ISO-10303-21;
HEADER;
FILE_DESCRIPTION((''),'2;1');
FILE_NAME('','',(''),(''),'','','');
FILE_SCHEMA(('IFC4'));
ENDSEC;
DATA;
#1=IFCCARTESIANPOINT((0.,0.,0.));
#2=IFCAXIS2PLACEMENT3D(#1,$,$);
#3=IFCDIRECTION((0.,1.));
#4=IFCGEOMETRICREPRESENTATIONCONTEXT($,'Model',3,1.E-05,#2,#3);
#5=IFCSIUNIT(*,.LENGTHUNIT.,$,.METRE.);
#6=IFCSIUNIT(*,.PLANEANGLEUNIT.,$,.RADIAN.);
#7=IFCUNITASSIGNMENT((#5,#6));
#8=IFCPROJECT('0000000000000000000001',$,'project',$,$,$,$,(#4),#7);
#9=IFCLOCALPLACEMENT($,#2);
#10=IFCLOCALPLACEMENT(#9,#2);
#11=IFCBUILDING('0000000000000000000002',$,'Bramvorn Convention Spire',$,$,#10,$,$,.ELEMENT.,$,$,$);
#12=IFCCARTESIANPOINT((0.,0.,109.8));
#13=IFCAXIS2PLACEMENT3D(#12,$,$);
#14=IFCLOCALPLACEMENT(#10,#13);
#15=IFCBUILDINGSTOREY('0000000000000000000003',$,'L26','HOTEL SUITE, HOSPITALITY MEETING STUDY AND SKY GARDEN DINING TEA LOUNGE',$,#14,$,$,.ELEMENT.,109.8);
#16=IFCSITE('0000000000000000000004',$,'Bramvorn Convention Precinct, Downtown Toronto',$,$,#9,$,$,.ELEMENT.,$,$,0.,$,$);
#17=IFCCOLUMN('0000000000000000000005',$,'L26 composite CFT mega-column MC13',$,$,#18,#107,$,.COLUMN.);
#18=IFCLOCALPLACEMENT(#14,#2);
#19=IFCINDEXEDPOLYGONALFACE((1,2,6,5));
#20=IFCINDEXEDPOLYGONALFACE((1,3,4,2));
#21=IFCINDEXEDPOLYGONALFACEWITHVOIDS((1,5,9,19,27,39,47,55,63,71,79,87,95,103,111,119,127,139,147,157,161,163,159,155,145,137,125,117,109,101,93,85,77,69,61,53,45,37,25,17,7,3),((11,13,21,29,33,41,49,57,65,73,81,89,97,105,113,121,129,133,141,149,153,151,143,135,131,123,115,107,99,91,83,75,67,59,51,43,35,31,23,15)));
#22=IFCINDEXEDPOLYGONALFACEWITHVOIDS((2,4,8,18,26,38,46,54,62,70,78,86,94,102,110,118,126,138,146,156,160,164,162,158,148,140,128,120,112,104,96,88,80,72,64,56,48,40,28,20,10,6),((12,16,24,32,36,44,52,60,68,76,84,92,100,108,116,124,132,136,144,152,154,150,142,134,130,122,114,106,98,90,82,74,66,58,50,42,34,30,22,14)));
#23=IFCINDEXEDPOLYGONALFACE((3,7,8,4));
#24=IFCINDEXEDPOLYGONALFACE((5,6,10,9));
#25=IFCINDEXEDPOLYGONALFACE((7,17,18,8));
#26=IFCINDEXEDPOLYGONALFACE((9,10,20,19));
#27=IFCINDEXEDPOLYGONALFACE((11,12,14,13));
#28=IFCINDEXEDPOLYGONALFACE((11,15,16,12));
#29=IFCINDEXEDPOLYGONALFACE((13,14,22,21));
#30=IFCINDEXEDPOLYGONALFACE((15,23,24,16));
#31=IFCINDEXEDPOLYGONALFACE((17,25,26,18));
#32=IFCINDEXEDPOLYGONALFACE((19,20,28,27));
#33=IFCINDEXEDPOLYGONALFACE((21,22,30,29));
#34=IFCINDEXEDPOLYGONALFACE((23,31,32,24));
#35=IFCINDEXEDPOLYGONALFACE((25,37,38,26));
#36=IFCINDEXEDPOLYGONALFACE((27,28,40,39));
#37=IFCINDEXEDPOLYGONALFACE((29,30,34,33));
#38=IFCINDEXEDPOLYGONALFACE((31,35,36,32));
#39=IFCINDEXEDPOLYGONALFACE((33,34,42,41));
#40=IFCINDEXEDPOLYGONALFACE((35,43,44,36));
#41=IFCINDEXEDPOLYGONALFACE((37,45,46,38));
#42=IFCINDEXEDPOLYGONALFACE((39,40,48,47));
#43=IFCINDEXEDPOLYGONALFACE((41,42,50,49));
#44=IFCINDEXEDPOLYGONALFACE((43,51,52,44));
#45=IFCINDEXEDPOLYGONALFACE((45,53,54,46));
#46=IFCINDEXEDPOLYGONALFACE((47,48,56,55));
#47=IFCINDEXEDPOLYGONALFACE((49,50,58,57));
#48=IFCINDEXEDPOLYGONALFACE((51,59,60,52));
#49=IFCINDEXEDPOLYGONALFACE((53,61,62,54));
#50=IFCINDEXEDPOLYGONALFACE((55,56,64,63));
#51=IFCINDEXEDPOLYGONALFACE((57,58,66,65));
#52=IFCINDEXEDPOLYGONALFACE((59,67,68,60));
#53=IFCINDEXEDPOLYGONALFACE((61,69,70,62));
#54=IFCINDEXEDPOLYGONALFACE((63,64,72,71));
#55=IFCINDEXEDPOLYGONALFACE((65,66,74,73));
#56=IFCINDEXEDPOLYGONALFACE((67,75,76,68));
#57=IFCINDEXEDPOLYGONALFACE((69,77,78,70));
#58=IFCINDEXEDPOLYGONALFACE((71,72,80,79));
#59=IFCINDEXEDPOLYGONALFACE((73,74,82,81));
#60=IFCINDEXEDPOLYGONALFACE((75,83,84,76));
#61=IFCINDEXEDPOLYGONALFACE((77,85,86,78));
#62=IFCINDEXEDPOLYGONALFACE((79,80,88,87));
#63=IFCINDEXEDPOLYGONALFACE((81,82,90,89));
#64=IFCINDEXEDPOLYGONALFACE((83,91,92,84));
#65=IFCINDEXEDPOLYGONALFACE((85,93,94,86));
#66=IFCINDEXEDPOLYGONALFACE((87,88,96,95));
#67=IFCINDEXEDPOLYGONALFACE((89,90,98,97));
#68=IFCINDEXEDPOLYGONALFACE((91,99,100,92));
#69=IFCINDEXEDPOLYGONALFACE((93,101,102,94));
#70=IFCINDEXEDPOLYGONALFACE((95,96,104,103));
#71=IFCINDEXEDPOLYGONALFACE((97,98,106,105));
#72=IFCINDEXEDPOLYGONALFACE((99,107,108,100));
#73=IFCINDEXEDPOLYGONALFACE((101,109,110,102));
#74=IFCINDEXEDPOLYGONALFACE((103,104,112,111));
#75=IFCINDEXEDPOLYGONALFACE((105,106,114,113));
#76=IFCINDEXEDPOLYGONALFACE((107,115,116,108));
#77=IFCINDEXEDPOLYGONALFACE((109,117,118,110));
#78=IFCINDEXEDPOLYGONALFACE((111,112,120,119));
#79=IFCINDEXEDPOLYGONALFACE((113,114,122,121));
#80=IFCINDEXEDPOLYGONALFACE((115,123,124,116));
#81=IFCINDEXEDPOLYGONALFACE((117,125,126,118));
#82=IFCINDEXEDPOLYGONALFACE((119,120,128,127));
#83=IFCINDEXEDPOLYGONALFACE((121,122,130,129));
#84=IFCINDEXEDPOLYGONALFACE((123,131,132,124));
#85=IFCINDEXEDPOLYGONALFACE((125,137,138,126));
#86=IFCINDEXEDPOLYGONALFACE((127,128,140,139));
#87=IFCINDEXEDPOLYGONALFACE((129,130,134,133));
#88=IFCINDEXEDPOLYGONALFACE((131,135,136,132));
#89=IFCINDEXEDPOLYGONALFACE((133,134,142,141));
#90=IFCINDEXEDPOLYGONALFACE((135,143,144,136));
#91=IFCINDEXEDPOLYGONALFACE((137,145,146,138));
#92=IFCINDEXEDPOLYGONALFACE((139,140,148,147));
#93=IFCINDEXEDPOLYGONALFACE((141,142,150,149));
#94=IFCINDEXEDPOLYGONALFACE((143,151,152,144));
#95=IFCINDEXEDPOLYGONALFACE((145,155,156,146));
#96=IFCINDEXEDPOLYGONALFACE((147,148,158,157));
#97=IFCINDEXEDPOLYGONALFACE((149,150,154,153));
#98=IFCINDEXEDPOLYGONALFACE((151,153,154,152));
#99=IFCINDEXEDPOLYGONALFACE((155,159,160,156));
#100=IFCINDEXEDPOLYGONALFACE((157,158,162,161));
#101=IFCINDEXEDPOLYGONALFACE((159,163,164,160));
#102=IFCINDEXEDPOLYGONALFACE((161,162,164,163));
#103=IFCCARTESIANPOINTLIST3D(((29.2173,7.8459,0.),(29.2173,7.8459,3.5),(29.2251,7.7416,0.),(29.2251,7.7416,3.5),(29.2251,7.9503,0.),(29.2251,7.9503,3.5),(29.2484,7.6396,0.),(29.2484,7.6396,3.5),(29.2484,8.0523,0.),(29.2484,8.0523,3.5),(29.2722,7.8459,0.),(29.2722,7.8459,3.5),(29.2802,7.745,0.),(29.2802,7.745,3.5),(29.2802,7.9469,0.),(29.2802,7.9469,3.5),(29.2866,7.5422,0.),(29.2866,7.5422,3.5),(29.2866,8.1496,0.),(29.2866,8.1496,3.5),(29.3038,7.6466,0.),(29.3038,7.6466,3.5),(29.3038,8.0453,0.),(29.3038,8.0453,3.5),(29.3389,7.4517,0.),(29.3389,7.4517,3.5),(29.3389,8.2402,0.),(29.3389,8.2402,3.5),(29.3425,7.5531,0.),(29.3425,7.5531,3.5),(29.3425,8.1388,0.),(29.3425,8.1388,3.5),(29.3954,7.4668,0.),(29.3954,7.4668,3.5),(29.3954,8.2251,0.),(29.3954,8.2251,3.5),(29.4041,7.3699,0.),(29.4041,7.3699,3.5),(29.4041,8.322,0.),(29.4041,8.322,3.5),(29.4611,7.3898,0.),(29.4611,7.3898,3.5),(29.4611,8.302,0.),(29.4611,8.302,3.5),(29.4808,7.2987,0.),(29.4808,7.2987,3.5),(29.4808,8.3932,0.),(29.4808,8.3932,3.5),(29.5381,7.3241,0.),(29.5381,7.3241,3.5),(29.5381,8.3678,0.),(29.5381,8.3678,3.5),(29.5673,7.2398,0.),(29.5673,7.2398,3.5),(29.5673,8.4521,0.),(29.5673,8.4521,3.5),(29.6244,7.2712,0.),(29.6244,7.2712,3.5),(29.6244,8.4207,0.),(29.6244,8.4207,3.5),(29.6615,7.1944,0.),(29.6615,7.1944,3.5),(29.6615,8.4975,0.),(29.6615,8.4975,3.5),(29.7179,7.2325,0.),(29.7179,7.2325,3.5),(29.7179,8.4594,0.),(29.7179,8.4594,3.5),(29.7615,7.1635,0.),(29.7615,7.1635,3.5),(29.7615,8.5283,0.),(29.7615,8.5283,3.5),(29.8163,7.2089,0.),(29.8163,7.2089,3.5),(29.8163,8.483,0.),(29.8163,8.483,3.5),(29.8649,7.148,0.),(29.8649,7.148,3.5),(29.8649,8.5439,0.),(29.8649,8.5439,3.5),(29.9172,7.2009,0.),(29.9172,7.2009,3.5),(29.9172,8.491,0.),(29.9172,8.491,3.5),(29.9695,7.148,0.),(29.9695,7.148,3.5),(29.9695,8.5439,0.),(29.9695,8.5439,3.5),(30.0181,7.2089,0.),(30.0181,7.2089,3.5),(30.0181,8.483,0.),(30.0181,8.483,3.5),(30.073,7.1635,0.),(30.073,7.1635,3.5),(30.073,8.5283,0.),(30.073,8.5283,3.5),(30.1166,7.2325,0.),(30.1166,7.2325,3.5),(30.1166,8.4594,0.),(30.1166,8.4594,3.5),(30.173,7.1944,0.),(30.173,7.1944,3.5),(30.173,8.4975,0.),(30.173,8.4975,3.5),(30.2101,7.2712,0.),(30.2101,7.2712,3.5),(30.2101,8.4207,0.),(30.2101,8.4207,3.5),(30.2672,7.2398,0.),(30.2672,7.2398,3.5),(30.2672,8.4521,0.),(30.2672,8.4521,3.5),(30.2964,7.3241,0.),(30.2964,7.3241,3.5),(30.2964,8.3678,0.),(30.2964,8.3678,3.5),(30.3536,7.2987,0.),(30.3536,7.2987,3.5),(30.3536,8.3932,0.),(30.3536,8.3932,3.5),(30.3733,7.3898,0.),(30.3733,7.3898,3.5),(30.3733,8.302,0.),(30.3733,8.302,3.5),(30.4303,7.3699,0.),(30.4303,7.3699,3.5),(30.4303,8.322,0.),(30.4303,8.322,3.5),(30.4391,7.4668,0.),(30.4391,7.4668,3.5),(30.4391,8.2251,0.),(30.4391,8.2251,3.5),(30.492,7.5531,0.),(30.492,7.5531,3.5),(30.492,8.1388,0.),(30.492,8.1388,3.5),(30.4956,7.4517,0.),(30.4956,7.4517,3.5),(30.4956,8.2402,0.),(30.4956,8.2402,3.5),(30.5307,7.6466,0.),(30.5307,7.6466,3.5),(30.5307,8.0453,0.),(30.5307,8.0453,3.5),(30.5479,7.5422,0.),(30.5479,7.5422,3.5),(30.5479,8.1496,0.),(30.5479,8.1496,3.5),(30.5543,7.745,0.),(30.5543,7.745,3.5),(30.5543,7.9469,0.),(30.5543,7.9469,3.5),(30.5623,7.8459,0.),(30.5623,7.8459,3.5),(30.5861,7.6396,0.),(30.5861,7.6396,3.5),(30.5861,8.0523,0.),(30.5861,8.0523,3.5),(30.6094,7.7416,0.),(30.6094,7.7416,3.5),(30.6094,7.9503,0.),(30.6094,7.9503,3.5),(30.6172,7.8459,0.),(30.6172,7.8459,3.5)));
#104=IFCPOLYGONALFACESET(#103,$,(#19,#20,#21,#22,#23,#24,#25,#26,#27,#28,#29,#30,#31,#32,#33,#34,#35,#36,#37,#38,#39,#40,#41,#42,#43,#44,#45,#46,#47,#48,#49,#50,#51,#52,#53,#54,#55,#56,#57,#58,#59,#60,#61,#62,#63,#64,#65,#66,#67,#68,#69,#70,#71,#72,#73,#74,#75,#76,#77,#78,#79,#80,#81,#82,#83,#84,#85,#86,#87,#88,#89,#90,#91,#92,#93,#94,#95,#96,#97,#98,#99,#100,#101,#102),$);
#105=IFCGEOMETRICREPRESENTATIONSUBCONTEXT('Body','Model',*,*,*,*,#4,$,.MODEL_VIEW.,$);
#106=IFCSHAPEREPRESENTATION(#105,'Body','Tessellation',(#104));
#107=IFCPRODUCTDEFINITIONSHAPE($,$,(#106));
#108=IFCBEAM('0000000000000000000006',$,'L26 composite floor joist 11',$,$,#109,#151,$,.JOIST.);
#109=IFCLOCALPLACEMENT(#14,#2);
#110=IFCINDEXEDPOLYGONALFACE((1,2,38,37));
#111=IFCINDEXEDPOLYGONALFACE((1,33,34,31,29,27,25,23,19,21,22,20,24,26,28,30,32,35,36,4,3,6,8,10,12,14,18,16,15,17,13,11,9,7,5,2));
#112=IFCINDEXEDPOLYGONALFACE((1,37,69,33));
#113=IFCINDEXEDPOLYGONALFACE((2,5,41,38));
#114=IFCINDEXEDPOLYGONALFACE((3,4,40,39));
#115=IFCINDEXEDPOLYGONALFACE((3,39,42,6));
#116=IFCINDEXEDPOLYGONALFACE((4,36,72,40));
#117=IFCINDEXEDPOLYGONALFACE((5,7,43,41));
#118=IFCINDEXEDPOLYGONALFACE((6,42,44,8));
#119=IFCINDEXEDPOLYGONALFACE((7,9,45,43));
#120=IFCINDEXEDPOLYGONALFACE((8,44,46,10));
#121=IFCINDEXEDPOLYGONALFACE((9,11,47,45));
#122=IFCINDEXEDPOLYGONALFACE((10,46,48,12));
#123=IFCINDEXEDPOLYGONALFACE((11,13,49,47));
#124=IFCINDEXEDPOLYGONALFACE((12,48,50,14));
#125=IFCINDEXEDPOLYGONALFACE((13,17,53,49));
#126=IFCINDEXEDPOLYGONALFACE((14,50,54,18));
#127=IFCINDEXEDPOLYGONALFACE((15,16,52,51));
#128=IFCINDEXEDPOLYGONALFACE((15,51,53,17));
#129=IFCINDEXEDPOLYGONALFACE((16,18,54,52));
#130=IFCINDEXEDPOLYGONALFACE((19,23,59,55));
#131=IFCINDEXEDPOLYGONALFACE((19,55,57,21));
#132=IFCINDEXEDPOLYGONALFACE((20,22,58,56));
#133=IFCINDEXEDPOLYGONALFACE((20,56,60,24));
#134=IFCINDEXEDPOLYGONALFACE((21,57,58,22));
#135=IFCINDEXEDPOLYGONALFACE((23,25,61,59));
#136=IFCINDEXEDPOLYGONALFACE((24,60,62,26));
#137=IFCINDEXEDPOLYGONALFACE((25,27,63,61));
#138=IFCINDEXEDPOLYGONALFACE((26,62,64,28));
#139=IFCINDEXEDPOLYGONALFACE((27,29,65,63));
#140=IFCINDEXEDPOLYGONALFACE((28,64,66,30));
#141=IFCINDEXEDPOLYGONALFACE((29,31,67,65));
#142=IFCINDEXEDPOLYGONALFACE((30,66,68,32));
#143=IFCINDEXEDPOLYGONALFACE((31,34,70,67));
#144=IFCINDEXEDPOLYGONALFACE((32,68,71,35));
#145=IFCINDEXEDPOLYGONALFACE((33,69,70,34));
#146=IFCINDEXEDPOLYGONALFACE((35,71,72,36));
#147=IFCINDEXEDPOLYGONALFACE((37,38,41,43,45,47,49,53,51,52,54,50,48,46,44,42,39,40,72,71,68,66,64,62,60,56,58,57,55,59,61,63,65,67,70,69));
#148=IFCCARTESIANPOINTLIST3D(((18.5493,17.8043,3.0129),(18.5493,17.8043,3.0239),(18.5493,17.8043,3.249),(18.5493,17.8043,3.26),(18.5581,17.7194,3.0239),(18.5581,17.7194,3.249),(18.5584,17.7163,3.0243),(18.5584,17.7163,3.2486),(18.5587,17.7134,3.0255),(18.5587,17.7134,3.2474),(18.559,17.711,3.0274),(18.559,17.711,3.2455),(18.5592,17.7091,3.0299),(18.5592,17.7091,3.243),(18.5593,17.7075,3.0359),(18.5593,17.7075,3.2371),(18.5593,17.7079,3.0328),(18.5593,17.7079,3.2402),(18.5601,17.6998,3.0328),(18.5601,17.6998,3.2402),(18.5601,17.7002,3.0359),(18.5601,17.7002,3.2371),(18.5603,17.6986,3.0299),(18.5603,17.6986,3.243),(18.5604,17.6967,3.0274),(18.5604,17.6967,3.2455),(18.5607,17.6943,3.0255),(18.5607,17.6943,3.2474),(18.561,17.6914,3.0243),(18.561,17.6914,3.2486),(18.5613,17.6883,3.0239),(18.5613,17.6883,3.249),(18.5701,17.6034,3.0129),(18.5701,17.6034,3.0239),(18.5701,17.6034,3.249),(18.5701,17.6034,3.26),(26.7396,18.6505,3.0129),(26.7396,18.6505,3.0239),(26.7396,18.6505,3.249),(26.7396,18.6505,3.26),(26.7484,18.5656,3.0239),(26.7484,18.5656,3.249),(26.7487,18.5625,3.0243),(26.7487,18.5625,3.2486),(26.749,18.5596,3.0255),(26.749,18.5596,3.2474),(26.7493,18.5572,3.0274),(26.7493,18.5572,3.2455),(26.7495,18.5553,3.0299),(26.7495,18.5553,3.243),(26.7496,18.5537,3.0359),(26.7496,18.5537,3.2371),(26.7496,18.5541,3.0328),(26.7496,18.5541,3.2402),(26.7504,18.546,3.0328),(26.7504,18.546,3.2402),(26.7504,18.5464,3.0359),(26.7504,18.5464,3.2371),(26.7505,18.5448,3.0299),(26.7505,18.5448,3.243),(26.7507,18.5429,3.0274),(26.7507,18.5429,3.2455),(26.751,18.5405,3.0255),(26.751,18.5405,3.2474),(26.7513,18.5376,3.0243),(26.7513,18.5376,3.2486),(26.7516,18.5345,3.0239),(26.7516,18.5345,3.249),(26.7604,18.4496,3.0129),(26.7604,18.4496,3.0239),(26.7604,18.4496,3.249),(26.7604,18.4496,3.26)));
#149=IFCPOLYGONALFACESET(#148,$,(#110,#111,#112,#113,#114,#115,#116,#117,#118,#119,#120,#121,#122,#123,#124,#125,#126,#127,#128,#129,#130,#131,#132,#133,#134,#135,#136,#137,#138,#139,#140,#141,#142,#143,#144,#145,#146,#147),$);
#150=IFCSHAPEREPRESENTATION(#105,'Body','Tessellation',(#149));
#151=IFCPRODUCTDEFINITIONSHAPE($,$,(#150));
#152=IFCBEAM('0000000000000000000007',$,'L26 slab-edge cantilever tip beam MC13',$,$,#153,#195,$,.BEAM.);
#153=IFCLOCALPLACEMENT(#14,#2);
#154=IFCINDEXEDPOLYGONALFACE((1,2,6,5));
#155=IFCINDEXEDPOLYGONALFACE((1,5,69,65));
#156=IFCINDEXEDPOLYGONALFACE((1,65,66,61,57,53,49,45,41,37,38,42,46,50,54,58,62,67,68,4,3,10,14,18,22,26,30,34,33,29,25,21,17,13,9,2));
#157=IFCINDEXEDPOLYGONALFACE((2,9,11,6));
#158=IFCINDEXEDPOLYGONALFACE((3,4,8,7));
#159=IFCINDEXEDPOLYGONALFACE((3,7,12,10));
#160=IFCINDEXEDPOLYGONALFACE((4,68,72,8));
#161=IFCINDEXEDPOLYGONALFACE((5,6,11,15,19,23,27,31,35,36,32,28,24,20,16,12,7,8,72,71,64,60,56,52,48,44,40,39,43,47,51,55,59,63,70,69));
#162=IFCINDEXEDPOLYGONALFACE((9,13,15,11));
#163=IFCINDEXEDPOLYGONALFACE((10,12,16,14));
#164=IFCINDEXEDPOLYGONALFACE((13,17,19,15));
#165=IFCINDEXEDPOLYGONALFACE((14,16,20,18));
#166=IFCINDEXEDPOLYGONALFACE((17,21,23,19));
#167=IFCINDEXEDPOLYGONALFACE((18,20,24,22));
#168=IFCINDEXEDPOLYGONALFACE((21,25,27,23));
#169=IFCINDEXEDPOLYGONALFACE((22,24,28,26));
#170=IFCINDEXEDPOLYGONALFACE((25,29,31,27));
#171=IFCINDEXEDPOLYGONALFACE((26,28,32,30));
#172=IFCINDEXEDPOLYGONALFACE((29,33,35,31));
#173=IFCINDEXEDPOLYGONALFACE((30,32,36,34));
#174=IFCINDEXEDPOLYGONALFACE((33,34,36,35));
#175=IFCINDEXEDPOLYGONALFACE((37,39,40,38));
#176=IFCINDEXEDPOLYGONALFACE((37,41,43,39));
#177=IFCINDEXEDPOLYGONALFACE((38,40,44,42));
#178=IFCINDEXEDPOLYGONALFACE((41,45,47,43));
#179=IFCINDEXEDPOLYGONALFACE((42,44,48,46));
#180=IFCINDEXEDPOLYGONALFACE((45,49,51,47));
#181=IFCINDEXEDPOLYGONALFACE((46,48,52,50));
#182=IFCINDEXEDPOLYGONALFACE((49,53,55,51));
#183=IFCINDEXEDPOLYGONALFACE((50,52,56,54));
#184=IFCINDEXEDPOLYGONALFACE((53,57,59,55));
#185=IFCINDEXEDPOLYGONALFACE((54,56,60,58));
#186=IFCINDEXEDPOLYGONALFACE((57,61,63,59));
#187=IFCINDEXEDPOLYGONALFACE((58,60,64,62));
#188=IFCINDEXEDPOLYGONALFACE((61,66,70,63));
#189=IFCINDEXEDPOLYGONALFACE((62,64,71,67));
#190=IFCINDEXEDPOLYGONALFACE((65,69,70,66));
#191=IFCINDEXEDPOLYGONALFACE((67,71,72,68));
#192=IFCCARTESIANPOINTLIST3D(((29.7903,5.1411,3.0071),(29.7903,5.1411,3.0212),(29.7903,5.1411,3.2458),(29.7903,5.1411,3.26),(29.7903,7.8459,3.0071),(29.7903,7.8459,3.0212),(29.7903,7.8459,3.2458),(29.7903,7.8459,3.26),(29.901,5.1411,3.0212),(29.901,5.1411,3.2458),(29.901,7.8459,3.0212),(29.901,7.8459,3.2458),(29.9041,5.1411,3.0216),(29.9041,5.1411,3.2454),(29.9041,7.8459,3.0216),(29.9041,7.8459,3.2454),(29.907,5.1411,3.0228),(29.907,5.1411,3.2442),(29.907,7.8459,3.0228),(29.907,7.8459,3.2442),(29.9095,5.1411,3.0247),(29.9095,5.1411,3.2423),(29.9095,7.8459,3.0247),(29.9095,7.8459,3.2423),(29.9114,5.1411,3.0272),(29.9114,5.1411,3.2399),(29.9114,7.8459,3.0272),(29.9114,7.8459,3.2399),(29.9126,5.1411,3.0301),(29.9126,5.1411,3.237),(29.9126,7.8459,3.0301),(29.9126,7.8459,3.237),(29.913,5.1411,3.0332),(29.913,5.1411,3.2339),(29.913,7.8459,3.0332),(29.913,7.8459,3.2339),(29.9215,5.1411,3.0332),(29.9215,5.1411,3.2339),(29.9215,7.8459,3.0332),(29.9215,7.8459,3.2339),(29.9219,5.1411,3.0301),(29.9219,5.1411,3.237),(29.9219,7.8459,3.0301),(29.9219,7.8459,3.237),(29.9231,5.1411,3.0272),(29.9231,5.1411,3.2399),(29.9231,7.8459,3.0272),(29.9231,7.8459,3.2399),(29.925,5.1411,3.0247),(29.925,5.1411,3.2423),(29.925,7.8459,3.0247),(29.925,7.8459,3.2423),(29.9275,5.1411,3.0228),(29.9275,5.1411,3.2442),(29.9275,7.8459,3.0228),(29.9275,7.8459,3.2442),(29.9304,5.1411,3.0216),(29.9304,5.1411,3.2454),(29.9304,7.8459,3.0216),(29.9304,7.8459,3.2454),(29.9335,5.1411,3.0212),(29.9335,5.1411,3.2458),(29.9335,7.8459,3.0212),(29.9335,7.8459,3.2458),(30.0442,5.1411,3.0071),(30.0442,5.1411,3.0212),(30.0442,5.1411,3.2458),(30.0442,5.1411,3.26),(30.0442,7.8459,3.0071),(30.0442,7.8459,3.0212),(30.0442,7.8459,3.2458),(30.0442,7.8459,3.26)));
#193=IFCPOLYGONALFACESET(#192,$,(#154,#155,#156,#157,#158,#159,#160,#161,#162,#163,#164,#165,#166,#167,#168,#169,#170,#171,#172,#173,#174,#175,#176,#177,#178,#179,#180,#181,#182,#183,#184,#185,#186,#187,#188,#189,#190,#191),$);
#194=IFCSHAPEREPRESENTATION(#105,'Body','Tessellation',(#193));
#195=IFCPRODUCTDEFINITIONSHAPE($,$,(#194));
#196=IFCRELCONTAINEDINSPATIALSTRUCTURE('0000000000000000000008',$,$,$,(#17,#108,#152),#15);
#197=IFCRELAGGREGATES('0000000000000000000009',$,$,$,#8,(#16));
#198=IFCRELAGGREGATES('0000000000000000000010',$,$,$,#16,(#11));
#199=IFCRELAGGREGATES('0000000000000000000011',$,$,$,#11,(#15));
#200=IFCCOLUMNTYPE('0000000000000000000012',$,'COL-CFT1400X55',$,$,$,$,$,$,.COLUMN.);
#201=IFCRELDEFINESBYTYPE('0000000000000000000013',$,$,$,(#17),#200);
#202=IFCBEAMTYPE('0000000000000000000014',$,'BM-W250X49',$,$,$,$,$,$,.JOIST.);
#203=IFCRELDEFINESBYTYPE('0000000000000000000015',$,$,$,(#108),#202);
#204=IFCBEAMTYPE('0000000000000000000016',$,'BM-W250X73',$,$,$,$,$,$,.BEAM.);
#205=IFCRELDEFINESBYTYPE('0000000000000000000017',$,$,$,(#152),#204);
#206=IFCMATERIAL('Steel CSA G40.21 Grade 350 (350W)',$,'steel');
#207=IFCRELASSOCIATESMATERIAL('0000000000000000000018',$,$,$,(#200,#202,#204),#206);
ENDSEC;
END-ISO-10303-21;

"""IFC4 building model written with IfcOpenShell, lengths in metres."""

from ifc_helpers import new_model, si_unit, direction, frame, origin, origin_2d, place, context, subcontext, project, spatial, hollow_circle, i_section, extrude, material, material_profile, profile_set, type_object, element, save


model = new_model("IFC4")

# Units and contexts
model_context = context("Model", 3, precision=1e-05, world=origin(), true_north=direction((0.0, 1.0)))
body_context = subcontext(model_context, "Body", "Model", "MODEL_VIEW")
ifc_project = project(units=[si_unit("LENGTHUNIT", "METRE"), si_unit("PLANEANGLEUNIT", "RADIAN")], contexts=[model_context])

# Site, building, storey
site_placement = place(None, origin())
site = spatial("IfcSite", under=ifc_project, at=site_placement, Name="Bramvorn Convention Precinct, Downtown Toronto", CompositionType="ELEMENT", RefElevation=0.0)
building_placement = place(site_placement, origin())
building = spatial("IfcBuilding", under=site, at=building_placement, Name="Bramvorn Convention Spire", CompositionType="ELEMENT")
storey_placement = place(building_placement, frame((0.0, 0.0, 109.8)))
storey = spatial("IfcBuildingStorey", under=building, at=storey_placement, Name="L26", Description="HOTEL SUITE, HOSPITALITY MEETING STUDY AND SKY GARDEN DINING TEA LOUNGE", CompositionType="ELEMENT", Elevation=109.8)

# Column
ifc_material_1 = material(Name="Steel CSA G40.21 Grade 350 (350W)", Category="steel")
ifc_material_profile_1 = material_profile(ifc_material_1, hollow_circle(Radius=0.7, WallThickness=0.0549, at=origin_2d()))
ifc_profile_set_1 = profile_set([ifc_material_profile_1], Name="Steel CSA G40.21 Grade 350 (350W) - CFT1400X55")
column_type = type_object("IfcColumnType", Name="COL-CFT1400X55", PredefinedType="COLUMN", material=ifc_profile_set_1)
column_placement = place(storey_placement, frame((29.9172, 7.8459, 0.0), z_axis=(0.0, 0.0, 1.0), x_axis=(1.0, 0.0, 0.0)))
element("IfcColumn", 1, at=column_placement, inside=storey, type_object=column_type, Name="L26 composite CFT mega-column MC13", PredefinedType="COLUMN", context=body_context, shape_type="SweptSolid", body=[
    extrude(hollow_circle(Radius=0.7, WallThickness=0.0549, at=origin_2d()), origin(), (0.0, 0.0, 1.0), 3.5),
])

# Beams
ifc_material_profile_2 = material_profile(ifc_material_1, i_section(OverallWidth=0.2019, OverallDepth=0.2471, WebThickness=0.0073, FlangeThickness=0.011, FilletRadius=0.012, at=origin_2d()))
ifc_profile_set_2 = profile_set([ifc_material_profile_2], Name="Steel CSA G40.21 Grade 350 (350W) - W250X49")
beam_type_1 = type_object("IfcBeamType", Name="BM-W250X49", PredefinedType="JOIST", material=ifc_profile_set_2)
beam_1_placement = place(storey_placement, frame((26.75, 18.55, 3.1365), z_axis=(-0.994705, -0.102771, 0.0), x_axis=(0.102771, -0.994705, 0.0)))
element("IfcBeam", 2, at=beam_1_placement, inside=storey, type_object=beam_type_1, Name="L26 composite floor joist 11", PredefinedType="JOIST", context=body_context, shape_type="SweptSolid", body=[
    extrude(i_section(OverallWidth=0.2019, OverallDepth=0.2471, WebThickness=0.0073, FlangeThickness=0.011, FilletRadius=0.012, at=origin_2d()), origin(), (0.0, 0.0, 1.0), 8.2339),
])
ifc_material_profile_3 = material_profile(ifc_material_1, i_section(OverallWidth=0.2539, OverallDepth=0.2529, WebThickness=0.0085, FlangeThickness=0.0142, FilletRadius=0.012, at=origin_2d()))
ifc_profile_set_3 = profile_set([ifc_material_profile_3], Name="Steel CSA G40.21 Grade 350 (350W) - W250X73")
beam_type_2 = type_object("IfcBeamType", Name="BM-W250X73", PredefinedType="BEAM", material=ifc_profile_set_3)
beam_2_placement = place(storey_placement, frame((29.9172, 7.8459, 3.1335), z_axis=(0.0, -1.0, 0.0), x_axis=(1.0, 0.0, 0.0)))
element("IfcBeam", 3, at=beam_2_placement, inside=storey, type_object=beam_type_2, Name="L26 slab-edge cantilever tip beam MC13", PredefinedType="BEAM", context=body_context, shape_type="SweptSolid", body=[
    extrude(i_section(OverallWidth=0.2539, OverallDepth=0.2529, WebThickness=0.0085, FlangeThickness=0.0142, FilletRadius=0.012, at=origin_2d()), origin(), (0.0, 0.0, 1.0), 2.7048),
])

save(model, "model.ifc")
